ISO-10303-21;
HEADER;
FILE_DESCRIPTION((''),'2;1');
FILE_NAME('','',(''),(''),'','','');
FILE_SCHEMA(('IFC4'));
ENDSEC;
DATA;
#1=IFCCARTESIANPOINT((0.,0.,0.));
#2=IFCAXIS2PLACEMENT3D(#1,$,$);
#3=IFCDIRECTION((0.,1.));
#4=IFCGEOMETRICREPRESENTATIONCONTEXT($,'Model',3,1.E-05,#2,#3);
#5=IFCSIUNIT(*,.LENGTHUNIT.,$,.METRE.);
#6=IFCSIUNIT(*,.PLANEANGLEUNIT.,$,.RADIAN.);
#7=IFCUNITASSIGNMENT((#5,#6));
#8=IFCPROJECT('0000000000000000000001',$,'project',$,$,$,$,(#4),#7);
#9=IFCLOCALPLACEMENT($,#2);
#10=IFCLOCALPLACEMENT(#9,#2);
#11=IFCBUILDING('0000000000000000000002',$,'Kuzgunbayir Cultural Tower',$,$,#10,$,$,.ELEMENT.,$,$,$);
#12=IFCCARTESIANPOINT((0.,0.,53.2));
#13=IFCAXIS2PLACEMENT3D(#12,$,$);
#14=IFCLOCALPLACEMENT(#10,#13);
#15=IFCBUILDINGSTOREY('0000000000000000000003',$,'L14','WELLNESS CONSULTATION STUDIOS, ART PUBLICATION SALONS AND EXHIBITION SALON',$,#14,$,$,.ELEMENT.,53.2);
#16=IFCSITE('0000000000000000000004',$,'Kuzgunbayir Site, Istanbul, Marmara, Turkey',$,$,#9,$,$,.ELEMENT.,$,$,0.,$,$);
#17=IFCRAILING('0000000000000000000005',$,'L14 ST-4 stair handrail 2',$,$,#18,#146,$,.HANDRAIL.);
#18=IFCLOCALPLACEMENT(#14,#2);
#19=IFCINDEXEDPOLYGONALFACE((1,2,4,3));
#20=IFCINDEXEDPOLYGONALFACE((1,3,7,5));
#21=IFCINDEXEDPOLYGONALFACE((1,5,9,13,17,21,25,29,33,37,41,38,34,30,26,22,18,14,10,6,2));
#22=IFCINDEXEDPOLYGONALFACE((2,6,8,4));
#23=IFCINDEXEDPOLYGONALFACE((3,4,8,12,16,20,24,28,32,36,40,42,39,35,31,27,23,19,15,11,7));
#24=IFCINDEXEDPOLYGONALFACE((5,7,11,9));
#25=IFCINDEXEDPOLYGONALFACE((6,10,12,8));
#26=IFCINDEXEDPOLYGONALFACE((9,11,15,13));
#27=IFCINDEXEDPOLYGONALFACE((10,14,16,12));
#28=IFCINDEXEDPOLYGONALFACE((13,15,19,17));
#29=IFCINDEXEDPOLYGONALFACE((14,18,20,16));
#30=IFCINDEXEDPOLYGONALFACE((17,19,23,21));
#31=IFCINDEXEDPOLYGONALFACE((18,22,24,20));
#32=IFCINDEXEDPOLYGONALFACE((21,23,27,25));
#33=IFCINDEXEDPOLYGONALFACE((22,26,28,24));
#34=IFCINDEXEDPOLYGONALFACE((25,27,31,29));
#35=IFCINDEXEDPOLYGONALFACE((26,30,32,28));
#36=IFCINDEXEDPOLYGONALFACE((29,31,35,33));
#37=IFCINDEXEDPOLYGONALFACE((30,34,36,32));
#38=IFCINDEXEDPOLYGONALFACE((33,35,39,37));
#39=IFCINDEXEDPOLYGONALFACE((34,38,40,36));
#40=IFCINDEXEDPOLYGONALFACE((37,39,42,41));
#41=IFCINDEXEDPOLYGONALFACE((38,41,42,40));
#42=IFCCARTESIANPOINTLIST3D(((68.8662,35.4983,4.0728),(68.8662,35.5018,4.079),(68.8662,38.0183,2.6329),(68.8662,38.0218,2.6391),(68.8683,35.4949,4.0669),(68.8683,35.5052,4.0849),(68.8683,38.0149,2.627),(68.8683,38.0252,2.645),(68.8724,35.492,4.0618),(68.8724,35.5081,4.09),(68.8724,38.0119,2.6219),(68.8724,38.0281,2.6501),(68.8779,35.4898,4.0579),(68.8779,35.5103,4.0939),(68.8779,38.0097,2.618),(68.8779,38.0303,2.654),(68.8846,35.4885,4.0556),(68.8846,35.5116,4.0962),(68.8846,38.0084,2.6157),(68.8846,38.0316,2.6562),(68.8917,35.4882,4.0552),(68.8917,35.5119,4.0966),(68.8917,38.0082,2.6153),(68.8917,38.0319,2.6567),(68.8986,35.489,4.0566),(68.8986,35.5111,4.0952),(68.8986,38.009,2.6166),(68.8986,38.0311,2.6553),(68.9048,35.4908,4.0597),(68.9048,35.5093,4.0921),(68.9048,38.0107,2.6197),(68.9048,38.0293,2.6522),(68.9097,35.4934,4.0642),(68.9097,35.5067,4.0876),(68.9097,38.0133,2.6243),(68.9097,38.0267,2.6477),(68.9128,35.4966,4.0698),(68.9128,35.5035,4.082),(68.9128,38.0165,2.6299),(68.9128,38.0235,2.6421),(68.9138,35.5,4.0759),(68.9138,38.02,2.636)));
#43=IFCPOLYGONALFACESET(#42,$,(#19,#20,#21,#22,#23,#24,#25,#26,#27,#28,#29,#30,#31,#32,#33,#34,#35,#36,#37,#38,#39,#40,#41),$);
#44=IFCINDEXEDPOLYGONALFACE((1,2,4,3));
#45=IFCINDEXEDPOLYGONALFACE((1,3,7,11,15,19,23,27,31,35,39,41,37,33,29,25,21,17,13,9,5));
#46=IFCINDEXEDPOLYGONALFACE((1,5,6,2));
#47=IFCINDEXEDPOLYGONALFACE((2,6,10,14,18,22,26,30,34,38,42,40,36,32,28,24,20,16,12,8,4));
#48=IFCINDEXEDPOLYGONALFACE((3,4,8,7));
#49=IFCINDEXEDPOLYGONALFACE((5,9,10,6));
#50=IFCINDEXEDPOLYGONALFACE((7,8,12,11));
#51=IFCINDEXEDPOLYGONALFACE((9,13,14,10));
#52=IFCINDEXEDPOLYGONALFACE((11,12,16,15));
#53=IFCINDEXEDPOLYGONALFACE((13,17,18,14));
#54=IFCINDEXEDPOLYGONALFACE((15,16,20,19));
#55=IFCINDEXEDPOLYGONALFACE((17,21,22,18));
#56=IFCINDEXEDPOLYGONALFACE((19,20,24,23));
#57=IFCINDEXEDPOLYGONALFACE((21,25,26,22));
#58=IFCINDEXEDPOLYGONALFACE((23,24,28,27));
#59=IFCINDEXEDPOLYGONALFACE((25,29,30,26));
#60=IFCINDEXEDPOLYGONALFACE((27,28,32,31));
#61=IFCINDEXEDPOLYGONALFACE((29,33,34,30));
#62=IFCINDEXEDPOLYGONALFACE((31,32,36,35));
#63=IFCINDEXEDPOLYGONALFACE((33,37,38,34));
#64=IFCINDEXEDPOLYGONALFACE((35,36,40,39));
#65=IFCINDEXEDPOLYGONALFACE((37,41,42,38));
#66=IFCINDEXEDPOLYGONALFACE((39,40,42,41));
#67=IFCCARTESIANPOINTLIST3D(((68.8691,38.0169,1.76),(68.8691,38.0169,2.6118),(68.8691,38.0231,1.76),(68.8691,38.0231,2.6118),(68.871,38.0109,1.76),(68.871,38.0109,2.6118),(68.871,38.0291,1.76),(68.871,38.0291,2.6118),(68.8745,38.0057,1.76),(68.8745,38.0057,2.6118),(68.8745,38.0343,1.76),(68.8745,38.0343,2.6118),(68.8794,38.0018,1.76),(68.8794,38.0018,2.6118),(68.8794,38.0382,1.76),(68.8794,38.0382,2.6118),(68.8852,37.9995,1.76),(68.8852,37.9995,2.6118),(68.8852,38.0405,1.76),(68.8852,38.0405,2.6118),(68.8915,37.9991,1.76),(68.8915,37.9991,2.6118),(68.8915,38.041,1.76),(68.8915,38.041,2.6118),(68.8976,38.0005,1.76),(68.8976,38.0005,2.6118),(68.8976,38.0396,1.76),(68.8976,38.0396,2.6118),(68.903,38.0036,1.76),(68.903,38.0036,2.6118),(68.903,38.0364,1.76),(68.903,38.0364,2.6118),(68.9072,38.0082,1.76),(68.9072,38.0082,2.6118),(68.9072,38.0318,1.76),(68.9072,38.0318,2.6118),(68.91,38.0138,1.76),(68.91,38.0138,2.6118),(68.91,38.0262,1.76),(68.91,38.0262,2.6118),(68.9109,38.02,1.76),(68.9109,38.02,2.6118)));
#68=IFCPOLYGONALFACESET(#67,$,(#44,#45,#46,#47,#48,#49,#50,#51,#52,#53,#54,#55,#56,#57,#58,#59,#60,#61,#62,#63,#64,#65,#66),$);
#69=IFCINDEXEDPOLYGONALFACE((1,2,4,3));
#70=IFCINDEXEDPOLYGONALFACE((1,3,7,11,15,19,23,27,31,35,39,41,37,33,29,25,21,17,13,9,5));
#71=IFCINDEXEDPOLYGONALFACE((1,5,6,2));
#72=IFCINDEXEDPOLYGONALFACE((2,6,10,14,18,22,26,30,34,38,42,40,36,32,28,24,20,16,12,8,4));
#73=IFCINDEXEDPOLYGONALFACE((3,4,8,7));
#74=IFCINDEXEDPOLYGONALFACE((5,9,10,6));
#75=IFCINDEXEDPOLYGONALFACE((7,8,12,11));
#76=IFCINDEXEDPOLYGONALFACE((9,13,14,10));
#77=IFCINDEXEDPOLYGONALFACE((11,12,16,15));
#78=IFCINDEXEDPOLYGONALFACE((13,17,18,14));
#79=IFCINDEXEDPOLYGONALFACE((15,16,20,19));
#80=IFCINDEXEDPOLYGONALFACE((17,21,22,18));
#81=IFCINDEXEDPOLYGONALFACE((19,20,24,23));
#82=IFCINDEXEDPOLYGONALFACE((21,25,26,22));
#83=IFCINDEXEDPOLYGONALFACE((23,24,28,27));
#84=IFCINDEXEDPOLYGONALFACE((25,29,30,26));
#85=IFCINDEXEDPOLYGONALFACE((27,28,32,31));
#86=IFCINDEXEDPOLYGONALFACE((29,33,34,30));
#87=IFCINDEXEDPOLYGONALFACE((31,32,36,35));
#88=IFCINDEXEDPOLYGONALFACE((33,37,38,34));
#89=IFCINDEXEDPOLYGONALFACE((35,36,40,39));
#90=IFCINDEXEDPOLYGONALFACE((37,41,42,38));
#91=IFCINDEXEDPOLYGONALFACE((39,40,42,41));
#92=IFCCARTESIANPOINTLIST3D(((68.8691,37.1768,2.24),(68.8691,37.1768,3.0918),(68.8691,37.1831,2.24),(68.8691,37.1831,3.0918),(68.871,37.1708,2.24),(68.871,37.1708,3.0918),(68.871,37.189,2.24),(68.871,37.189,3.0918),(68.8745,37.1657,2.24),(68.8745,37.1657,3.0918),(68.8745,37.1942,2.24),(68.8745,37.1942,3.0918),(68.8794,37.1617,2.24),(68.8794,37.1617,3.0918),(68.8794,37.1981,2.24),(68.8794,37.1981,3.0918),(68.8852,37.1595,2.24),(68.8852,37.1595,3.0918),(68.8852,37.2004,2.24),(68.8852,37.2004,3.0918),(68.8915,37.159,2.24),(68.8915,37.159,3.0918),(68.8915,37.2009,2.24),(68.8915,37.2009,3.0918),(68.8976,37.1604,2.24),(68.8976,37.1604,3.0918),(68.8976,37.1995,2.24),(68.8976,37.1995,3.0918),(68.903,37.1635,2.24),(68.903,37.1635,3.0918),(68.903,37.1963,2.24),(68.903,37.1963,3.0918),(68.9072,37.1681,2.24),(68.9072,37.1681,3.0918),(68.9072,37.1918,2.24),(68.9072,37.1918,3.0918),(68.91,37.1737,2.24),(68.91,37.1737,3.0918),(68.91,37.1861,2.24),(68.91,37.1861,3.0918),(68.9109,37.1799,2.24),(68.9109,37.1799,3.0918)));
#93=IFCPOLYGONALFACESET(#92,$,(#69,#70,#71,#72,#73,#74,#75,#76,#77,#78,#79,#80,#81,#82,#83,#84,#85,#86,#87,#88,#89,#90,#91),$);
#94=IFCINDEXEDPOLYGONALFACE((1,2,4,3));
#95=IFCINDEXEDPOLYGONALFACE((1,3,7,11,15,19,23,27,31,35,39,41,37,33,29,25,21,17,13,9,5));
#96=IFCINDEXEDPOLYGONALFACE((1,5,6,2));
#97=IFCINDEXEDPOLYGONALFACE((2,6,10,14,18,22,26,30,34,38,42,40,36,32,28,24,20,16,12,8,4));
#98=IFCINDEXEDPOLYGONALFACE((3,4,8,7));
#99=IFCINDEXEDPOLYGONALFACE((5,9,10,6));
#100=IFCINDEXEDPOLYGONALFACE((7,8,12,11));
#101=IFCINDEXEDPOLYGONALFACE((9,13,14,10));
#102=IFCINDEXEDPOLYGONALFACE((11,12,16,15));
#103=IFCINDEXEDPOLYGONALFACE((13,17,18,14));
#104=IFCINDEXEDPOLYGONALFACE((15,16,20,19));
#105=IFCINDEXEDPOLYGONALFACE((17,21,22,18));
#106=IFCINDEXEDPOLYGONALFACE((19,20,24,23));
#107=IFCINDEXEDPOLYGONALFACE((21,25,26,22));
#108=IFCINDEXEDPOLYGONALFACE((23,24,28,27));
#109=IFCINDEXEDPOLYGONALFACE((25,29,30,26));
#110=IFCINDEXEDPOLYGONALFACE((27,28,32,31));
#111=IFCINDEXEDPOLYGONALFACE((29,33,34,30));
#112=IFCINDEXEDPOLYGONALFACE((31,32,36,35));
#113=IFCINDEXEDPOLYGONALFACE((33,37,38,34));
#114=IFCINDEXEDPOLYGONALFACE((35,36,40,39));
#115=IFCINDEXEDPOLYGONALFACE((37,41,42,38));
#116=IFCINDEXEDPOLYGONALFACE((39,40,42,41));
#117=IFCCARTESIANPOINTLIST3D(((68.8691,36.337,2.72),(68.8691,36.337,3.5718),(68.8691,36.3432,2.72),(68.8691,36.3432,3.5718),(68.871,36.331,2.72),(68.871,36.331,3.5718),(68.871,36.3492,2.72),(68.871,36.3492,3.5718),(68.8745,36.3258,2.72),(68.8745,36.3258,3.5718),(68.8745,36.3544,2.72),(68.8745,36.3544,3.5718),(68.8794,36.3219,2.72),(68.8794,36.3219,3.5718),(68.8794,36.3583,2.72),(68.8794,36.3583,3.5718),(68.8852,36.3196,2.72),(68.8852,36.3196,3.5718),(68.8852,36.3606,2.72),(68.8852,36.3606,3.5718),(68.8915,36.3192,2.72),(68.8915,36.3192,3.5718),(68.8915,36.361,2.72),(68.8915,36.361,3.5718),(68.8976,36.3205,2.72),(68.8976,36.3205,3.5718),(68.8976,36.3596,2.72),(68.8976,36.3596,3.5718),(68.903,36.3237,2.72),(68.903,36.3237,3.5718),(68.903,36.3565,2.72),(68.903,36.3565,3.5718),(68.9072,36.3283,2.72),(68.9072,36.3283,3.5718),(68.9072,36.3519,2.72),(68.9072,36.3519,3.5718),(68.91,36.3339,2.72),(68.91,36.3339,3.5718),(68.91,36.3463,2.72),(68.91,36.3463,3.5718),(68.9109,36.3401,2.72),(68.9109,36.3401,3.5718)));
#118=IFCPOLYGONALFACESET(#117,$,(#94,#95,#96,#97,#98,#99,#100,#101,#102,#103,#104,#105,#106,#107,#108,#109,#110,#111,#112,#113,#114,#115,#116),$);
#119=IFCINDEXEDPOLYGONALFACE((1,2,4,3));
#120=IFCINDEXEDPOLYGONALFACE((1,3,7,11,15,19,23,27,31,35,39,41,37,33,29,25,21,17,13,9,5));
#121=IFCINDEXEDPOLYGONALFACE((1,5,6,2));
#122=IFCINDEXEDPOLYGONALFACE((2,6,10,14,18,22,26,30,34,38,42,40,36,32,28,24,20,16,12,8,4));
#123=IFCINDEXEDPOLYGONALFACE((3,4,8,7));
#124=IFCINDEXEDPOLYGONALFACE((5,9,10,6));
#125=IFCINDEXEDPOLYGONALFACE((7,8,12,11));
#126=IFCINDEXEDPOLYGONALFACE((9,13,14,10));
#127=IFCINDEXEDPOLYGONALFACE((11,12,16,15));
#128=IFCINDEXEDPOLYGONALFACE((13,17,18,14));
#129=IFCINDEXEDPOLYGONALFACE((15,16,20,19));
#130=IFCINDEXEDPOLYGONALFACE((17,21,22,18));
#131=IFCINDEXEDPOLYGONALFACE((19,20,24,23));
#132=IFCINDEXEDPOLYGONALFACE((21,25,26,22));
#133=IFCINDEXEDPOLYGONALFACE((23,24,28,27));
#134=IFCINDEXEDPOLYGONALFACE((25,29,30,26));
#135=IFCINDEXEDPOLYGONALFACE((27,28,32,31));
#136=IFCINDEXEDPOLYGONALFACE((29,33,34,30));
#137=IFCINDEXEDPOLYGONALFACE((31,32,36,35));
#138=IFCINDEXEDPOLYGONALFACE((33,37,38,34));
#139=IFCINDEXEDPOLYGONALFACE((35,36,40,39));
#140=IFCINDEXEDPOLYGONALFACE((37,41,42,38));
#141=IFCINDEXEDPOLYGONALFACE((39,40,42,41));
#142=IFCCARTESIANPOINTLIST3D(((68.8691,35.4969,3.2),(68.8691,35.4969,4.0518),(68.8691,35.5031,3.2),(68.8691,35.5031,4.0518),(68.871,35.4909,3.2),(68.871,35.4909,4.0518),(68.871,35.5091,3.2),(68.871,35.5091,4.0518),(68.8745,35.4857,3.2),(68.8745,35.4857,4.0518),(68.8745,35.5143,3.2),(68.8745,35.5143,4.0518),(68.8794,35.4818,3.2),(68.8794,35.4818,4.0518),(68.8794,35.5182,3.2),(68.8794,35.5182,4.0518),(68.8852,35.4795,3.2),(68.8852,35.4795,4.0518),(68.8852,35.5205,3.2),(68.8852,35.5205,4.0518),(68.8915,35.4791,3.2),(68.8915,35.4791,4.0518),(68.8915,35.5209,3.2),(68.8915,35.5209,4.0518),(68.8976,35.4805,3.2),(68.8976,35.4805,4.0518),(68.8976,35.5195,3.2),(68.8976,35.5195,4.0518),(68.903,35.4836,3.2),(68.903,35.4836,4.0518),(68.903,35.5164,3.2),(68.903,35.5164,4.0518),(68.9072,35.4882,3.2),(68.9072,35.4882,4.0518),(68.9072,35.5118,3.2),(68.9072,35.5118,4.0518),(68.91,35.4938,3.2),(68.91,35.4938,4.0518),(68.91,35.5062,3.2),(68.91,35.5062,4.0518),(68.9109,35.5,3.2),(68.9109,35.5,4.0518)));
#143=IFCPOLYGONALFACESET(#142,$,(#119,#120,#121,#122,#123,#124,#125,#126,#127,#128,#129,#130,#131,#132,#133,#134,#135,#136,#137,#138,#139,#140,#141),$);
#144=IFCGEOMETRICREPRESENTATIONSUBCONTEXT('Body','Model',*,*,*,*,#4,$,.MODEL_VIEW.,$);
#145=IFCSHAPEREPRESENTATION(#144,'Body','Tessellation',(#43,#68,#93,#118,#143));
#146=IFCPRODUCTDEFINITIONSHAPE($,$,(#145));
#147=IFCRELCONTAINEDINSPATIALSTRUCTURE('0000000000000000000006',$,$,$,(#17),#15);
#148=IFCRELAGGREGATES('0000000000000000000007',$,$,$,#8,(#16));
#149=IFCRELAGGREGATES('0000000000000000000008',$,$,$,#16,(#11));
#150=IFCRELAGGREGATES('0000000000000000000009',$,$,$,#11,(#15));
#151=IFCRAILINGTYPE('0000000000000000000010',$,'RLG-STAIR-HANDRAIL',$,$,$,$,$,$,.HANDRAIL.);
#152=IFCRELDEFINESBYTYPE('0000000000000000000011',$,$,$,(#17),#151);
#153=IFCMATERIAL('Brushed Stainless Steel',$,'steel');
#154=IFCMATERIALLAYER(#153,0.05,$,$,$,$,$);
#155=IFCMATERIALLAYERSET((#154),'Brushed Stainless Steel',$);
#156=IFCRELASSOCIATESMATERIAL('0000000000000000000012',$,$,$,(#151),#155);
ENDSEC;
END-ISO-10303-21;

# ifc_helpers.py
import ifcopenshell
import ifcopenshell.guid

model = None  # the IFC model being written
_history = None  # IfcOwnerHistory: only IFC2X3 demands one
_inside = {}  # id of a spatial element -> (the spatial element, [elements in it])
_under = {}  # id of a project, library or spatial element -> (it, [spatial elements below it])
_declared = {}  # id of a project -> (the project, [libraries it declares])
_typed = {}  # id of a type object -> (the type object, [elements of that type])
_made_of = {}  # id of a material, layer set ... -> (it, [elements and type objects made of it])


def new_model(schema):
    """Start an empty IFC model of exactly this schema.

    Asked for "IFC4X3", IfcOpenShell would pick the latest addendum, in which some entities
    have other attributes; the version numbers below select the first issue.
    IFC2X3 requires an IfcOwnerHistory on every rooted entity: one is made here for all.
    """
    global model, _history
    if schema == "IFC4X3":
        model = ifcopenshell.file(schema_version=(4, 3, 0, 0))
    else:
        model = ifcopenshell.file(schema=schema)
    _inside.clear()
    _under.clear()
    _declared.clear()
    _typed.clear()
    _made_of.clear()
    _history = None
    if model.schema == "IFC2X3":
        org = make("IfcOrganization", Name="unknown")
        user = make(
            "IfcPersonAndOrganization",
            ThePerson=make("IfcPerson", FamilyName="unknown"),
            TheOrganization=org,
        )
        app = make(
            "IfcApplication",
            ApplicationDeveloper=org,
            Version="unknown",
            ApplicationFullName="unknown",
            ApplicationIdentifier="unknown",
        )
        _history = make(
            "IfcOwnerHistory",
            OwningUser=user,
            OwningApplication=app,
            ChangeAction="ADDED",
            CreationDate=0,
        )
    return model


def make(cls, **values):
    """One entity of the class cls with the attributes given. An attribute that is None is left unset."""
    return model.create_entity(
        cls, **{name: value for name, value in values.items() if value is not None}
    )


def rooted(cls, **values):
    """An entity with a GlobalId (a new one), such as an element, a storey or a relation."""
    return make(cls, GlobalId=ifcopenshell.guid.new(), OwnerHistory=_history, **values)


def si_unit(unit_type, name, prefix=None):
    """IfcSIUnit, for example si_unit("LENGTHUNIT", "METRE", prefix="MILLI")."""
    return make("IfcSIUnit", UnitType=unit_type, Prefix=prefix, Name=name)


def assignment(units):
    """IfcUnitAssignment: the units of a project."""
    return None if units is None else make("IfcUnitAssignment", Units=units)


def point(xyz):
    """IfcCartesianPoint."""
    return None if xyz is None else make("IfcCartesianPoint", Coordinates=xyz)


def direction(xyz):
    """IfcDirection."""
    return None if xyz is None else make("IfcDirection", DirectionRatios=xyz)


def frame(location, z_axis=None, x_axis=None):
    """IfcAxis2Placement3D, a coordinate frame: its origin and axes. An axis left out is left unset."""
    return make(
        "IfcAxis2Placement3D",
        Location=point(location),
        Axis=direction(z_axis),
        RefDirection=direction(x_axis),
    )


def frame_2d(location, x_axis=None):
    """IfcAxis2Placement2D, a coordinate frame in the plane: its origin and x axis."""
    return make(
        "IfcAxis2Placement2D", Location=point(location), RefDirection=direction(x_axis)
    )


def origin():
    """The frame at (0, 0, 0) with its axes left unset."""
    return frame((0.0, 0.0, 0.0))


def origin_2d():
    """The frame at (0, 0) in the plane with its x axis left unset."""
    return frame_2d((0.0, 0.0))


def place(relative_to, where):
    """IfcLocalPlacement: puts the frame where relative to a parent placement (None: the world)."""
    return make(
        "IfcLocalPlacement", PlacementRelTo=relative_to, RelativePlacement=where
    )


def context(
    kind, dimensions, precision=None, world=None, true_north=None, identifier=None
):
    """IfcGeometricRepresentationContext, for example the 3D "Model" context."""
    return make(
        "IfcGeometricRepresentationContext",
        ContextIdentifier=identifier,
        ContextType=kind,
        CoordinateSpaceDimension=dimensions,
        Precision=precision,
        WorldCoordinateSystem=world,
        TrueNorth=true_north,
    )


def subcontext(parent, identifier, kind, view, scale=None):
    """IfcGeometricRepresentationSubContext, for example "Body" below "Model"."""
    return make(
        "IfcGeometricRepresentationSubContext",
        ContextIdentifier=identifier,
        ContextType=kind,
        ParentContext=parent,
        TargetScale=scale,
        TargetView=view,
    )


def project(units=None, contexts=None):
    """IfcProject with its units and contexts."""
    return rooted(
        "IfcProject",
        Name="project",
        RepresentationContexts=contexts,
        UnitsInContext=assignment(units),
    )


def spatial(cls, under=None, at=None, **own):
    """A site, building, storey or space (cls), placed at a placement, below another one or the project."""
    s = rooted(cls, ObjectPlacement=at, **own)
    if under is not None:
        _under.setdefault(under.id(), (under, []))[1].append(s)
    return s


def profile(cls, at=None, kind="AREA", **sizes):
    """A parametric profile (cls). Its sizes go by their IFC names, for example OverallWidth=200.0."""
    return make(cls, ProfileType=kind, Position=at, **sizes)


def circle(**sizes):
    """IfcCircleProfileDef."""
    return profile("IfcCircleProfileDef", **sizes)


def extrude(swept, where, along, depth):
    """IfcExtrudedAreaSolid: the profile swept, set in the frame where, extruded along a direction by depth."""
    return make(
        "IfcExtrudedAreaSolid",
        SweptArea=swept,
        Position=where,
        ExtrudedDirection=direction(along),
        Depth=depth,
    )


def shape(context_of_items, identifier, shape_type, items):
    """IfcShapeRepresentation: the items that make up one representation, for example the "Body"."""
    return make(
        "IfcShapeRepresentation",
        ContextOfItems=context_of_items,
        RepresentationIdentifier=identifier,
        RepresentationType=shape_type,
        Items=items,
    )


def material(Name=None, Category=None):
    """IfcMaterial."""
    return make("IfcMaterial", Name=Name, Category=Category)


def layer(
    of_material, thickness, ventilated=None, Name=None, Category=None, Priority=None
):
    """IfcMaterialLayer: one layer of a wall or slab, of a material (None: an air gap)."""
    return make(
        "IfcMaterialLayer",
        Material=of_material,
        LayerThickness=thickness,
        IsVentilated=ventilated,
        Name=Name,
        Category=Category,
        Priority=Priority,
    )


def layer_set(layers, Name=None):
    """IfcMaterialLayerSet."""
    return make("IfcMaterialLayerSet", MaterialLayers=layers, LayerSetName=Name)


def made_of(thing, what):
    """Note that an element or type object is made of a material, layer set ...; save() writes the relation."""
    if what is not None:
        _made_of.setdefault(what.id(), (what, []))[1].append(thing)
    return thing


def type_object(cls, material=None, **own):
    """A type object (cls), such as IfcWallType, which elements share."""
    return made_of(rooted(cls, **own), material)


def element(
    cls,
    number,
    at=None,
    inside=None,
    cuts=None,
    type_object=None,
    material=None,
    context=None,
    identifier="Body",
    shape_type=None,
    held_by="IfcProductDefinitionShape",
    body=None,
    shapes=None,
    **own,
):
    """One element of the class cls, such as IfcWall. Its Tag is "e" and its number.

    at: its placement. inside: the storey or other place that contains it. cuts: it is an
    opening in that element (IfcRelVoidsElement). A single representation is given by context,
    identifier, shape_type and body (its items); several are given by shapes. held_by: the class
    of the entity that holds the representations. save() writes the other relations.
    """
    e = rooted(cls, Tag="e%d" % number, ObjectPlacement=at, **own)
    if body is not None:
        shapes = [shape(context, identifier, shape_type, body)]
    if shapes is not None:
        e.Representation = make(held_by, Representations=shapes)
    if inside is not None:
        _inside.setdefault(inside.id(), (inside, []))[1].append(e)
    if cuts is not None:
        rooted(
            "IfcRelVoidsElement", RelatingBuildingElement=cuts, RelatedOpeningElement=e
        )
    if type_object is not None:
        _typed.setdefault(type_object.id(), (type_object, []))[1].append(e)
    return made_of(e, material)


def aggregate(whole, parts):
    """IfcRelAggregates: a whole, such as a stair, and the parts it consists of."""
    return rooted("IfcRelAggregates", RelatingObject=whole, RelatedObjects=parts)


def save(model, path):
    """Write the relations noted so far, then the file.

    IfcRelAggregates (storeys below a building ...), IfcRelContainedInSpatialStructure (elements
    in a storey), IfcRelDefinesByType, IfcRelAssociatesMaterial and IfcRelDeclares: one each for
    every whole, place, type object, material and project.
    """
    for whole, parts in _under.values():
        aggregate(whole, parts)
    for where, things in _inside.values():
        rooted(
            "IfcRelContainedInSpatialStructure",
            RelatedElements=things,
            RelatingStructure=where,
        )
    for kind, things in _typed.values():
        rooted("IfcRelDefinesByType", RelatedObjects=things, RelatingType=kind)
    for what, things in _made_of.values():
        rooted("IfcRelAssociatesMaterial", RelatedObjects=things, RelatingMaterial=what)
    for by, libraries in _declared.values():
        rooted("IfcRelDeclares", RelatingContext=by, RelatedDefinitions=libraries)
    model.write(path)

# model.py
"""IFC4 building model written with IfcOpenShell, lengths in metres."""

from ifc_helpers import new_model, si_unit, direction, frame, origin, origin_2d, place, context, subcontext, project, spatial, circle, extrude, material, layer, layer_set, type_object, element, save


model = new_model("IFC4")

# Units and contexts
model_context = context("Model", 3, precision=1e-05, world=origin(), true_north=direction((0.0, 1.0)))
body_context = subcontext(model_context, "Body", "Model", "MODEL_VIEW")
ifc_project = project(units=[si_unit("LENGTHUNIT", "METRE"), si_unit("PLANEANGLEUNIT", "RADIAN")], contexts=[model_context])

# Site, building, storey
site_placement = place(None, origin())
site = spatial("IfcSite", under=ifc_project, at=site_placement, Name="Kuzgunbayir Site, Istanbul, Marmara, Turkey", CompositionType="ELEMENT", RefElevation=0.0)
building_placement = place(site_placement, origin())
building = spatial("IfcBuilding", under=site, at=building_placement, Name="Kuzgunbayir Cultural Tower", CompositionType="ELEMENT")
storey_placement = place(building_placement, frame((0.0, 0.0, 53.2)))
storey = spatial("IfcBuildingStorey", under=building, at=storey_placement, Name="L14", Description="WELLNESS CONSULTATION STUDIOS, ART PUBLICATION SALONS AND EXHIBITION SALON", CompositionType="ELEMENT", Elevation=53.2)

# Shared definitions
ifc_material_1 = material(Name="Brushed Stainless Steel", Category="steel")

# Railing
ifc_layer_1 = layer(ifc_material_1, 0.05)
ifc_layer_set_1 = layer_set([ifc_layer_1], Name="Brushed Stainless Steel")
railing_type_1 = type_object("IfcRailingType", Name="RLG-STAIR-HANDRAIL", PredefinedType="HANDRAIL", material=ifc_layer_set_1)
railing_1_placement = place(storey_placement, frame((68.8899, 38.02, 1.76)))
element("IfcRailing", 1, at=railing_1_placement, inside=storey, type_object=railing_type_1, Name="L14 ST-4 stair handrail 2", PredefinedType="HANDRAIL", context=body_context, shape_type="SweptSolid", body=[
    extrude(circle(Radius=0.0239, at=origin_2d()), frame((0.0, 0.0, 0.876), z_axis=(0.0, -0.868253, 0.496121), x_axis=(1.0, 0.0, 0.0)), (0.0, 0.0, 1.0), 2.9023),
    extrude(circle(Radius=0.021, at=origin_2d()), origin(), (0.0, 0.0, 1.0), 0.8518),
    extrude(circle(Radius=0.021, at=origin_2d()), frame((0.0, -0.8401, 0.48)), (0.0, 0.0, 1.0), 0.8518),
    extrude(circle(Radius=0.021, at=origin_2d()), frame((0.0, -1.6799, 0.96)), (0.0, 0.0, 1.0), 0.8518),
    extrude(circle(Radius=0.021, at=origin_2d()), frame((0.0, -2.52, 1.4399)), (0.0, 0.0, 1.0), 0.8518),
])

save(model, "model.ifc")
